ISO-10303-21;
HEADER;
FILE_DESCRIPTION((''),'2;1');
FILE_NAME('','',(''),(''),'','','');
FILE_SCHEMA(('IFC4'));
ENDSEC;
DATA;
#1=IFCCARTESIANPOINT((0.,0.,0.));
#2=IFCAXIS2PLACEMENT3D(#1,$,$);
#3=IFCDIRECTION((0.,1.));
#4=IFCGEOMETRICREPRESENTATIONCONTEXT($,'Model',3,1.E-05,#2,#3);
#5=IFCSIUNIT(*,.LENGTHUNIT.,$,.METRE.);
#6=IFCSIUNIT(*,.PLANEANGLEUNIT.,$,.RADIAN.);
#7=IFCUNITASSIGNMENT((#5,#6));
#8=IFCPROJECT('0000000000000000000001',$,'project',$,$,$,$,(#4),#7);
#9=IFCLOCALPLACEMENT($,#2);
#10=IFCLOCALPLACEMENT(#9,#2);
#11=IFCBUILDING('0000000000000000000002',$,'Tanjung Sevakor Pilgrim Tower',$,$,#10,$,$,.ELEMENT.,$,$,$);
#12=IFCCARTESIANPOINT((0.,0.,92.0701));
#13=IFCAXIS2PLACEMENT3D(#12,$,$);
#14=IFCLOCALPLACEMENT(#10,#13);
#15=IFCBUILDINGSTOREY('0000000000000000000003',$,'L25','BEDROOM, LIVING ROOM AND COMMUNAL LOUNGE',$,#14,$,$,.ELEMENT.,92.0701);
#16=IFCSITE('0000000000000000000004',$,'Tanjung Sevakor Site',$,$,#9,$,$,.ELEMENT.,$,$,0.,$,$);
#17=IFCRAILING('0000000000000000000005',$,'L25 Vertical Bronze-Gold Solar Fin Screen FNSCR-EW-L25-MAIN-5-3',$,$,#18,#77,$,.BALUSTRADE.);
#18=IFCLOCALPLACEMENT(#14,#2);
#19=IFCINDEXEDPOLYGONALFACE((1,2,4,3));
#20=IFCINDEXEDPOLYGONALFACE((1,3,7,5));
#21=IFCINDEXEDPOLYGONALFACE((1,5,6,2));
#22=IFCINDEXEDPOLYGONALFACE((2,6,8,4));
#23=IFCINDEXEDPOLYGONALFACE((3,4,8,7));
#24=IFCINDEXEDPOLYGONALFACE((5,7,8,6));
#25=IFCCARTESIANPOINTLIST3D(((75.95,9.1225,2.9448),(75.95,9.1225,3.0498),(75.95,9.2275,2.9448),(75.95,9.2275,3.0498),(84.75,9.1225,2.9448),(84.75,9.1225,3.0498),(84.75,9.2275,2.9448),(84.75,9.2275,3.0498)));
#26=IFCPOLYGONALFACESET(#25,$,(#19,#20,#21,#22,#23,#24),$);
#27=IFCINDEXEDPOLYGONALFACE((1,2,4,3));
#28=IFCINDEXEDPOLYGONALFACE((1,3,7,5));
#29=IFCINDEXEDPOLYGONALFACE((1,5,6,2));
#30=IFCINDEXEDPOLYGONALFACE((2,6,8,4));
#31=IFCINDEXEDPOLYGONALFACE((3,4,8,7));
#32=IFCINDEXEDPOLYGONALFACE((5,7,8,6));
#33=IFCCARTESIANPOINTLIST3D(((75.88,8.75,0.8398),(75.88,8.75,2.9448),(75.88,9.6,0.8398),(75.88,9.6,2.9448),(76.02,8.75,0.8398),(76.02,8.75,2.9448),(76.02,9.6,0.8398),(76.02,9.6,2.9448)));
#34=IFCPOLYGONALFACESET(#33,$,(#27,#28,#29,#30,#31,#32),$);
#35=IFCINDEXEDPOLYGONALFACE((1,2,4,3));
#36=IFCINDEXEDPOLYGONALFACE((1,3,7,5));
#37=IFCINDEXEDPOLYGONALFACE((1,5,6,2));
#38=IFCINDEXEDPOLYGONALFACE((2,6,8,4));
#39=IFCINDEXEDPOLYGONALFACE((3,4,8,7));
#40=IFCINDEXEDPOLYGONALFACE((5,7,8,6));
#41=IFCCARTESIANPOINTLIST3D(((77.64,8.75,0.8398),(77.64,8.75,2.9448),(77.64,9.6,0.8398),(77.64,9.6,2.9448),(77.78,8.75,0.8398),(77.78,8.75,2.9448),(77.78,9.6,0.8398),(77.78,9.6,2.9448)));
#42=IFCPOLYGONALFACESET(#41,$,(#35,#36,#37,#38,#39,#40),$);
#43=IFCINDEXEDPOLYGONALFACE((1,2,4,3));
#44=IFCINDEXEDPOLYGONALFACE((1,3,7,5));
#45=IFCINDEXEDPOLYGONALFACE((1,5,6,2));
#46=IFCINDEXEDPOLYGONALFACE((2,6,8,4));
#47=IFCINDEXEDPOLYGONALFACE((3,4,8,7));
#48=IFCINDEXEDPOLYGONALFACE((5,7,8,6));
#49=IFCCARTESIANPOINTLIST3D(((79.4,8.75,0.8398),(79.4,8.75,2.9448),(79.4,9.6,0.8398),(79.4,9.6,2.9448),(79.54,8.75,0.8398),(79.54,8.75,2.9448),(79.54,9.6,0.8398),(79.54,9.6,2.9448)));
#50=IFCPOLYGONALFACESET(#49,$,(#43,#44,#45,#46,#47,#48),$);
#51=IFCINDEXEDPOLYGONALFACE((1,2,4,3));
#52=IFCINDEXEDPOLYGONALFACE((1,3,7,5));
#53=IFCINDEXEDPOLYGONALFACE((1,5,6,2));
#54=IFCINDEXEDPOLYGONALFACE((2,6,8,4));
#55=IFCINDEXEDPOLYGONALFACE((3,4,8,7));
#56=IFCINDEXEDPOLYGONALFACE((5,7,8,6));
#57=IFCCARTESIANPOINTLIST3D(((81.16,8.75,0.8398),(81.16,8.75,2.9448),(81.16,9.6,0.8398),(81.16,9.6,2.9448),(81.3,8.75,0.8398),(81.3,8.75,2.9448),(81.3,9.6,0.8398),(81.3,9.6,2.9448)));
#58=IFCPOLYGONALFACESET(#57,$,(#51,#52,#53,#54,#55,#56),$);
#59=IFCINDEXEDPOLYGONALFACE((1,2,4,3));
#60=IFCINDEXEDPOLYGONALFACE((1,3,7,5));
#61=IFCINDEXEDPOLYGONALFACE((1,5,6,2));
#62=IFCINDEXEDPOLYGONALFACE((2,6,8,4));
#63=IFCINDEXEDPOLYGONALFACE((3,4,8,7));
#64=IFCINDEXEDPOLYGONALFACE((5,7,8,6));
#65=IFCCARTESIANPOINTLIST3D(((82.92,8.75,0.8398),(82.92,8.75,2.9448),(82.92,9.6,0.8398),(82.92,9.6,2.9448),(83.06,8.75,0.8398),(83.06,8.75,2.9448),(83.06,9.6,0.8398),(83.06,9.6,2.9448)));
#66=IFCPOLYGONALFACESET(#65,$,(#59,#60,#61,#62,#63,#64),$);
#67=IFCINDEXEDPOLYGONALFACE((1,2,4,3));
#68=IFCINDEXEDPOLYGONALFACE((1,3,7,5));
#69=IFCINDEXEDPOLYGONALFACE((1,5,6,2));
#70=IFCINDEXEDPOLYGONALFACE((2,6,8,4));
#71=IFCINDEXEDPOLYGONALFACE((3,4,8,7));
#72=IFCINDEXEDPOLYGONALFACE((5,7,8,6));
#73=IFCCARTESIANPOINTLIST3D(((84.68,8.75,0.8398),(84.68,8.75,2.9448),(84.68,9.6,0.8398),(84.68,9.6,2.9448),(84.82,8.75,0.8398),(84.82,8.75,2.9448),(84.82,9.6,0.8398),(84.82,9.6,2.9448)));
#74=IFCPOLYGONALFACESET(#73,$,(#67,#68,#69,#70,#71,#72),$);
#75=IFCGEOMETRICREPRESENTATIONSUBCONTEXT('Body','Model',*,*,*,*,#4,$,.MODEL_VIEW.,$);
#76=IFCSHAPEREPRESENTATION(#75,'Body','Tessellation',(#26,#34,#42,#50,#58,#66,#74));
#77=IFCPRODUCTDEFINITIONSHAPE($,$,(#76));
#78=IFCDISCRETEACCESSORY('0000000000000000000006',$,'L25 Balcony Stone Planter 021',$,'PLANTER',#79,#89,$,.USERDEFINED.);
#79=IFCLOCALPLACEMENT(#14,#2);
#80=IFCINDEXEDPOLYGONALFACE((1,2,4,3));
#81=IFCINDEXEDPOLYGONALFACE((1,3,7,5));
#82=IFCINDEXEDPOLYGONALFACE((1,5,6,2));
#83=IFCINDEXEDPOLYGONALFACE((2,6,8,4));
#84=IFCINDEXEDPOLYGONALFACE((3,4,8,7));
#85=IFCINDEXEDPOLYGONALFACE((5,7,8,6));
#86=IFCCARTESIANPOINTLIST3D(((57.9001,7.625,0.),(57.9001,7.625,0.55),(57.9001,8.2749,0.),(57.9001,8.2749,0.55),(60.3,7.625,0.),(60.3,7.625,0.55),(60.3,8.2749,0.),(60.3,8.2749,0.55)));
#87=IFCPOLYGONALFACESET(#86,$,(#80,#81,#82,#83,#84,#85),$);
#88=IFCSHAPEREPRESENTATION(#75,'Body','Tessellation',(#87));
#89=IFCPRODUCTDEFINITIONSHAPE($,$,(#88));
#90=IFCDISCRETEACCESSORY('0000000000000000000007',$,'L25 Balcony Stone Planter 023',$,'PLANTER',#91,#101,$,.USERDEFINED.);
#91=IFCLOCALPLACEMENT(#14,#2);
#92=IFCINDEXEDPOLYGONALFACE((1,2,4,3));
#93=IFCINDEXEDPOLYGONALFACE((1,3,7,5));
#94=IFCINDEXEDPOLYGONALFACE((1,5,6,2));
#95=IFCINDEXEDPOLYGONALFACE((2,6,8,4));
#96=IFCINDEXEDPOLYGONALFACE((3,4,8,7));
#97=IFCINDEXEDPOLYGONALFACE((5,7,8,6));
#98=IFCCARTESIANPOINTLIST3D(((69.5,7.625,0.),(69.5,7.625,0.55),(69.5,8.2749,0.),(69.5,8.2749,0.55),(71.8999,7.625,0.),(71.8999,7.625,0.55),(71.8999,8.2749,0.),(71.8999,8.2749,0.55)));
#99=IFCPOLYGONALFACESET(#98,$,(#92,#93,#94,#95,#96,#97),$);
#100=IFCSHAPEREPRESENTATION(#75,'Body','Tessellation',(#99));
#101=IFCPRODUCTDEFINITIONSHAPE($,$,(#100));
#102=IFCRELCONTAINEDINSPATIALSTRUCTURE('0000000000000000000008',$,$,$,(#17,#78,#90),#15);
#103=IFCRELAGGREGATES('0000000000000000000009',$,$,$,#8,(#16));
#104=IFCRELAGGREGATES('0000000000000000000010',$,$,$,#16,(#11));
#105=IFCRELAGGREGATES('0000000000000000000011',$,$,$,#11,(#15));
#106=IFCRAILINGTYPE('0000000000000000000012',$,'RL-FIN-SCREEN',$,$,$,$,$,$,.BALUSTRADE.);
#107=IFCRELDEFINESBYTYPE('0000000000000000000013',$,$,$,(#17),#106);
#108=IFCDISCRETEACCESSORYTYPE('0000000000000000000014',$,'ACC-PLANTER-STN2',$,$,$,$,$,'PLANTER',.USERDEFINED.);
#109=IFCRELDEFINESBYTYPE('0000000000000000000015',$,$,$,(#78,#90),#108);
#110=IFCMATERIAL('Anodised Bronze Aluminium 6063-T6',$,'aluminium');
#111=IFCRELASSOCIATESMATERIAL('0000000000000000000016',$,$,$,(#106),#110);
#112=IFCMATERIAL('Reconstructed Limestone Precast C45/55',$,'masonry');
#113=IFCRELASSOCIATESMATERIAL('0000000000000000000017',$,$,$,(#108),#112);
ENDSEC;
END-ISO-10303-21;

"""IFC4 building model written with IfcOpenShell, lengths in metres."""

from ifc_helpers import new_model, si_unit, direction, frame, origin, origin_2d, place, context, subcontext, project, spatial, rectangle, extrude, material, type_object, element, save


model = new_model("IFC4")

# Units and contexts
model_context = context("Model", 3, precision=1e-05, world=origin(), true_north=direction((0.0, 1.0)))
body_context = subcontext(model_context, "Body", "Model", "MODEL_VIEW")
ifc_project = project(units=[si_unit("LENGTHUNIT", "METRE"), si_unit("PLANEANGLEUNIT", "RADIAN")], contexts=[model_context])

# Site, building, storey
site_placement = place(None, origin())
site = spatial("IfcSite", under=ifc_project, at=site_placement, Name="Tanjung Sevakor Site", CompositionType="ELEMENT", RefElevation=0.0)
building_placement = place(site_placement, origin())
building = spatial("IfcBuilding", under=site, at=building_placement, Name="Tanjung Sevakor Pilgrim Tower", CompositionType="ELEMENT")
storey_placement = place(building_placement, frame((0.0, 0.0, 92.0701)))
storey = spatial("IfcBuildingStorey", under=building, at=storey_placement, Name="L25", Description="BEDROOM, LIVING ROOM AND COMMUNAL LOUNGE", CompositionType="ELEMENT", Elevation=92.0701)

# Railing
ifc_material_1 = material(Name="Anodised Bronze Aluminium 6063-T6", Category="aluminium")
railing_type_1 = type_object("IfcRailingType", Name="RL-FIN-SCREEN", PredefinedType="BALUSTRADE", material=ifc_material_1)
railing_1_placement = place(storey_placement, frame((75.95, 9.175, 0.8398)))
element("IfcRailing", 1, at=railing_1_placement, inside=storey, type_object=railing_type_1, Name="L25 Vertical Bronze-Gold Solar Fin Screen FNSCR-EW-L25-MAIN-5-3", PredefinedType="BALUSTRADE", context=body_context, shape_type="SweptSolid", body=[
    extrude(rectangle(XDim=0.105, YDim=0.105), frame((0.0, 0.0, 2.1575), z_axis=(1.0, 0.0, 0.0), x_axis=(0.0, 1.0, 0.0)), (0.0, 0.0, 1.0), 8.8),
    extrude(rectangle(XDim=0.14, YDim=0.85), origin(), (0.0, 0.0, 1.0), 2.105),
    extrude(rectangle(XDim=0.14, YDim=0.85), frame((1.76, 0.0, 0.0)), (0.0, 0.0, 1.0), 2.105),
    extrude(rectangle(XDim=0.14, YDim=0.85), frame((3.52, 0.0, 0.0)), (0.0, 0.0, 1.0), 2.105),
    extrude(rectangle(XDim=0.14, YDim=0.85), frame((5.28, 0.0, 0.0)), (0.0, 0.0, 1.0), 2.105),
    extrude(rectangle(XDim=0.14, YDim=0.85), frame((7.04, 0.0, 0.0)), (0.0, 0.0, 1.0), 2.105),
    extrude(rectangle(XDim=0.14, YDim=0.85), frame((8.8, 0.0, 0.0)), (0.0, 0.0, 1.0), 2.105),
])

# Discrete accessories
ifc_material_2 = material(Name="Reconstructed Limestone Precast C45/55", Category="masonry")
discrete_accessory_type = type_object("IfcDiscreteAccessoryType", Name="ACC-PLANTER-STN2", ElementType="PLANTER", PredefinedType="USERDEFINED", material=ifc_material_2)
for number, where, z_axis, x_axis, name in (
    (2, (59.1001, 7.95, 0.0), (0.0, 0.0, 1.0), (1.0, 0.0, 0.0), "L25 Balcony Stone Planter 021"),
    (3, (70.7, 7.95, 0.0), (0.0, 0.0, 1.0), (1.0, 0.0, 0.0), "L25 Balcony Stone Planter 023"),
):
    element("IfcDiscreteAccessory", number, at=place(storey_placement, frame(where, z_axis=z_axis, x_axis=x_axis)), inside=storey, type_object=discrete_accessory_type, Name=name, ObjectType="PLANTER", PredefinedType="USERDEFINED", context=body_context, shape_type="SweptSolid", body=[
        extrude(rectangle(XDim=2.3999, YDim=0.6499, at=origin_2d()), origin(), (0.0, 0.0, 1.0), 0.55),
    ])

save(model, "model.ifc")
